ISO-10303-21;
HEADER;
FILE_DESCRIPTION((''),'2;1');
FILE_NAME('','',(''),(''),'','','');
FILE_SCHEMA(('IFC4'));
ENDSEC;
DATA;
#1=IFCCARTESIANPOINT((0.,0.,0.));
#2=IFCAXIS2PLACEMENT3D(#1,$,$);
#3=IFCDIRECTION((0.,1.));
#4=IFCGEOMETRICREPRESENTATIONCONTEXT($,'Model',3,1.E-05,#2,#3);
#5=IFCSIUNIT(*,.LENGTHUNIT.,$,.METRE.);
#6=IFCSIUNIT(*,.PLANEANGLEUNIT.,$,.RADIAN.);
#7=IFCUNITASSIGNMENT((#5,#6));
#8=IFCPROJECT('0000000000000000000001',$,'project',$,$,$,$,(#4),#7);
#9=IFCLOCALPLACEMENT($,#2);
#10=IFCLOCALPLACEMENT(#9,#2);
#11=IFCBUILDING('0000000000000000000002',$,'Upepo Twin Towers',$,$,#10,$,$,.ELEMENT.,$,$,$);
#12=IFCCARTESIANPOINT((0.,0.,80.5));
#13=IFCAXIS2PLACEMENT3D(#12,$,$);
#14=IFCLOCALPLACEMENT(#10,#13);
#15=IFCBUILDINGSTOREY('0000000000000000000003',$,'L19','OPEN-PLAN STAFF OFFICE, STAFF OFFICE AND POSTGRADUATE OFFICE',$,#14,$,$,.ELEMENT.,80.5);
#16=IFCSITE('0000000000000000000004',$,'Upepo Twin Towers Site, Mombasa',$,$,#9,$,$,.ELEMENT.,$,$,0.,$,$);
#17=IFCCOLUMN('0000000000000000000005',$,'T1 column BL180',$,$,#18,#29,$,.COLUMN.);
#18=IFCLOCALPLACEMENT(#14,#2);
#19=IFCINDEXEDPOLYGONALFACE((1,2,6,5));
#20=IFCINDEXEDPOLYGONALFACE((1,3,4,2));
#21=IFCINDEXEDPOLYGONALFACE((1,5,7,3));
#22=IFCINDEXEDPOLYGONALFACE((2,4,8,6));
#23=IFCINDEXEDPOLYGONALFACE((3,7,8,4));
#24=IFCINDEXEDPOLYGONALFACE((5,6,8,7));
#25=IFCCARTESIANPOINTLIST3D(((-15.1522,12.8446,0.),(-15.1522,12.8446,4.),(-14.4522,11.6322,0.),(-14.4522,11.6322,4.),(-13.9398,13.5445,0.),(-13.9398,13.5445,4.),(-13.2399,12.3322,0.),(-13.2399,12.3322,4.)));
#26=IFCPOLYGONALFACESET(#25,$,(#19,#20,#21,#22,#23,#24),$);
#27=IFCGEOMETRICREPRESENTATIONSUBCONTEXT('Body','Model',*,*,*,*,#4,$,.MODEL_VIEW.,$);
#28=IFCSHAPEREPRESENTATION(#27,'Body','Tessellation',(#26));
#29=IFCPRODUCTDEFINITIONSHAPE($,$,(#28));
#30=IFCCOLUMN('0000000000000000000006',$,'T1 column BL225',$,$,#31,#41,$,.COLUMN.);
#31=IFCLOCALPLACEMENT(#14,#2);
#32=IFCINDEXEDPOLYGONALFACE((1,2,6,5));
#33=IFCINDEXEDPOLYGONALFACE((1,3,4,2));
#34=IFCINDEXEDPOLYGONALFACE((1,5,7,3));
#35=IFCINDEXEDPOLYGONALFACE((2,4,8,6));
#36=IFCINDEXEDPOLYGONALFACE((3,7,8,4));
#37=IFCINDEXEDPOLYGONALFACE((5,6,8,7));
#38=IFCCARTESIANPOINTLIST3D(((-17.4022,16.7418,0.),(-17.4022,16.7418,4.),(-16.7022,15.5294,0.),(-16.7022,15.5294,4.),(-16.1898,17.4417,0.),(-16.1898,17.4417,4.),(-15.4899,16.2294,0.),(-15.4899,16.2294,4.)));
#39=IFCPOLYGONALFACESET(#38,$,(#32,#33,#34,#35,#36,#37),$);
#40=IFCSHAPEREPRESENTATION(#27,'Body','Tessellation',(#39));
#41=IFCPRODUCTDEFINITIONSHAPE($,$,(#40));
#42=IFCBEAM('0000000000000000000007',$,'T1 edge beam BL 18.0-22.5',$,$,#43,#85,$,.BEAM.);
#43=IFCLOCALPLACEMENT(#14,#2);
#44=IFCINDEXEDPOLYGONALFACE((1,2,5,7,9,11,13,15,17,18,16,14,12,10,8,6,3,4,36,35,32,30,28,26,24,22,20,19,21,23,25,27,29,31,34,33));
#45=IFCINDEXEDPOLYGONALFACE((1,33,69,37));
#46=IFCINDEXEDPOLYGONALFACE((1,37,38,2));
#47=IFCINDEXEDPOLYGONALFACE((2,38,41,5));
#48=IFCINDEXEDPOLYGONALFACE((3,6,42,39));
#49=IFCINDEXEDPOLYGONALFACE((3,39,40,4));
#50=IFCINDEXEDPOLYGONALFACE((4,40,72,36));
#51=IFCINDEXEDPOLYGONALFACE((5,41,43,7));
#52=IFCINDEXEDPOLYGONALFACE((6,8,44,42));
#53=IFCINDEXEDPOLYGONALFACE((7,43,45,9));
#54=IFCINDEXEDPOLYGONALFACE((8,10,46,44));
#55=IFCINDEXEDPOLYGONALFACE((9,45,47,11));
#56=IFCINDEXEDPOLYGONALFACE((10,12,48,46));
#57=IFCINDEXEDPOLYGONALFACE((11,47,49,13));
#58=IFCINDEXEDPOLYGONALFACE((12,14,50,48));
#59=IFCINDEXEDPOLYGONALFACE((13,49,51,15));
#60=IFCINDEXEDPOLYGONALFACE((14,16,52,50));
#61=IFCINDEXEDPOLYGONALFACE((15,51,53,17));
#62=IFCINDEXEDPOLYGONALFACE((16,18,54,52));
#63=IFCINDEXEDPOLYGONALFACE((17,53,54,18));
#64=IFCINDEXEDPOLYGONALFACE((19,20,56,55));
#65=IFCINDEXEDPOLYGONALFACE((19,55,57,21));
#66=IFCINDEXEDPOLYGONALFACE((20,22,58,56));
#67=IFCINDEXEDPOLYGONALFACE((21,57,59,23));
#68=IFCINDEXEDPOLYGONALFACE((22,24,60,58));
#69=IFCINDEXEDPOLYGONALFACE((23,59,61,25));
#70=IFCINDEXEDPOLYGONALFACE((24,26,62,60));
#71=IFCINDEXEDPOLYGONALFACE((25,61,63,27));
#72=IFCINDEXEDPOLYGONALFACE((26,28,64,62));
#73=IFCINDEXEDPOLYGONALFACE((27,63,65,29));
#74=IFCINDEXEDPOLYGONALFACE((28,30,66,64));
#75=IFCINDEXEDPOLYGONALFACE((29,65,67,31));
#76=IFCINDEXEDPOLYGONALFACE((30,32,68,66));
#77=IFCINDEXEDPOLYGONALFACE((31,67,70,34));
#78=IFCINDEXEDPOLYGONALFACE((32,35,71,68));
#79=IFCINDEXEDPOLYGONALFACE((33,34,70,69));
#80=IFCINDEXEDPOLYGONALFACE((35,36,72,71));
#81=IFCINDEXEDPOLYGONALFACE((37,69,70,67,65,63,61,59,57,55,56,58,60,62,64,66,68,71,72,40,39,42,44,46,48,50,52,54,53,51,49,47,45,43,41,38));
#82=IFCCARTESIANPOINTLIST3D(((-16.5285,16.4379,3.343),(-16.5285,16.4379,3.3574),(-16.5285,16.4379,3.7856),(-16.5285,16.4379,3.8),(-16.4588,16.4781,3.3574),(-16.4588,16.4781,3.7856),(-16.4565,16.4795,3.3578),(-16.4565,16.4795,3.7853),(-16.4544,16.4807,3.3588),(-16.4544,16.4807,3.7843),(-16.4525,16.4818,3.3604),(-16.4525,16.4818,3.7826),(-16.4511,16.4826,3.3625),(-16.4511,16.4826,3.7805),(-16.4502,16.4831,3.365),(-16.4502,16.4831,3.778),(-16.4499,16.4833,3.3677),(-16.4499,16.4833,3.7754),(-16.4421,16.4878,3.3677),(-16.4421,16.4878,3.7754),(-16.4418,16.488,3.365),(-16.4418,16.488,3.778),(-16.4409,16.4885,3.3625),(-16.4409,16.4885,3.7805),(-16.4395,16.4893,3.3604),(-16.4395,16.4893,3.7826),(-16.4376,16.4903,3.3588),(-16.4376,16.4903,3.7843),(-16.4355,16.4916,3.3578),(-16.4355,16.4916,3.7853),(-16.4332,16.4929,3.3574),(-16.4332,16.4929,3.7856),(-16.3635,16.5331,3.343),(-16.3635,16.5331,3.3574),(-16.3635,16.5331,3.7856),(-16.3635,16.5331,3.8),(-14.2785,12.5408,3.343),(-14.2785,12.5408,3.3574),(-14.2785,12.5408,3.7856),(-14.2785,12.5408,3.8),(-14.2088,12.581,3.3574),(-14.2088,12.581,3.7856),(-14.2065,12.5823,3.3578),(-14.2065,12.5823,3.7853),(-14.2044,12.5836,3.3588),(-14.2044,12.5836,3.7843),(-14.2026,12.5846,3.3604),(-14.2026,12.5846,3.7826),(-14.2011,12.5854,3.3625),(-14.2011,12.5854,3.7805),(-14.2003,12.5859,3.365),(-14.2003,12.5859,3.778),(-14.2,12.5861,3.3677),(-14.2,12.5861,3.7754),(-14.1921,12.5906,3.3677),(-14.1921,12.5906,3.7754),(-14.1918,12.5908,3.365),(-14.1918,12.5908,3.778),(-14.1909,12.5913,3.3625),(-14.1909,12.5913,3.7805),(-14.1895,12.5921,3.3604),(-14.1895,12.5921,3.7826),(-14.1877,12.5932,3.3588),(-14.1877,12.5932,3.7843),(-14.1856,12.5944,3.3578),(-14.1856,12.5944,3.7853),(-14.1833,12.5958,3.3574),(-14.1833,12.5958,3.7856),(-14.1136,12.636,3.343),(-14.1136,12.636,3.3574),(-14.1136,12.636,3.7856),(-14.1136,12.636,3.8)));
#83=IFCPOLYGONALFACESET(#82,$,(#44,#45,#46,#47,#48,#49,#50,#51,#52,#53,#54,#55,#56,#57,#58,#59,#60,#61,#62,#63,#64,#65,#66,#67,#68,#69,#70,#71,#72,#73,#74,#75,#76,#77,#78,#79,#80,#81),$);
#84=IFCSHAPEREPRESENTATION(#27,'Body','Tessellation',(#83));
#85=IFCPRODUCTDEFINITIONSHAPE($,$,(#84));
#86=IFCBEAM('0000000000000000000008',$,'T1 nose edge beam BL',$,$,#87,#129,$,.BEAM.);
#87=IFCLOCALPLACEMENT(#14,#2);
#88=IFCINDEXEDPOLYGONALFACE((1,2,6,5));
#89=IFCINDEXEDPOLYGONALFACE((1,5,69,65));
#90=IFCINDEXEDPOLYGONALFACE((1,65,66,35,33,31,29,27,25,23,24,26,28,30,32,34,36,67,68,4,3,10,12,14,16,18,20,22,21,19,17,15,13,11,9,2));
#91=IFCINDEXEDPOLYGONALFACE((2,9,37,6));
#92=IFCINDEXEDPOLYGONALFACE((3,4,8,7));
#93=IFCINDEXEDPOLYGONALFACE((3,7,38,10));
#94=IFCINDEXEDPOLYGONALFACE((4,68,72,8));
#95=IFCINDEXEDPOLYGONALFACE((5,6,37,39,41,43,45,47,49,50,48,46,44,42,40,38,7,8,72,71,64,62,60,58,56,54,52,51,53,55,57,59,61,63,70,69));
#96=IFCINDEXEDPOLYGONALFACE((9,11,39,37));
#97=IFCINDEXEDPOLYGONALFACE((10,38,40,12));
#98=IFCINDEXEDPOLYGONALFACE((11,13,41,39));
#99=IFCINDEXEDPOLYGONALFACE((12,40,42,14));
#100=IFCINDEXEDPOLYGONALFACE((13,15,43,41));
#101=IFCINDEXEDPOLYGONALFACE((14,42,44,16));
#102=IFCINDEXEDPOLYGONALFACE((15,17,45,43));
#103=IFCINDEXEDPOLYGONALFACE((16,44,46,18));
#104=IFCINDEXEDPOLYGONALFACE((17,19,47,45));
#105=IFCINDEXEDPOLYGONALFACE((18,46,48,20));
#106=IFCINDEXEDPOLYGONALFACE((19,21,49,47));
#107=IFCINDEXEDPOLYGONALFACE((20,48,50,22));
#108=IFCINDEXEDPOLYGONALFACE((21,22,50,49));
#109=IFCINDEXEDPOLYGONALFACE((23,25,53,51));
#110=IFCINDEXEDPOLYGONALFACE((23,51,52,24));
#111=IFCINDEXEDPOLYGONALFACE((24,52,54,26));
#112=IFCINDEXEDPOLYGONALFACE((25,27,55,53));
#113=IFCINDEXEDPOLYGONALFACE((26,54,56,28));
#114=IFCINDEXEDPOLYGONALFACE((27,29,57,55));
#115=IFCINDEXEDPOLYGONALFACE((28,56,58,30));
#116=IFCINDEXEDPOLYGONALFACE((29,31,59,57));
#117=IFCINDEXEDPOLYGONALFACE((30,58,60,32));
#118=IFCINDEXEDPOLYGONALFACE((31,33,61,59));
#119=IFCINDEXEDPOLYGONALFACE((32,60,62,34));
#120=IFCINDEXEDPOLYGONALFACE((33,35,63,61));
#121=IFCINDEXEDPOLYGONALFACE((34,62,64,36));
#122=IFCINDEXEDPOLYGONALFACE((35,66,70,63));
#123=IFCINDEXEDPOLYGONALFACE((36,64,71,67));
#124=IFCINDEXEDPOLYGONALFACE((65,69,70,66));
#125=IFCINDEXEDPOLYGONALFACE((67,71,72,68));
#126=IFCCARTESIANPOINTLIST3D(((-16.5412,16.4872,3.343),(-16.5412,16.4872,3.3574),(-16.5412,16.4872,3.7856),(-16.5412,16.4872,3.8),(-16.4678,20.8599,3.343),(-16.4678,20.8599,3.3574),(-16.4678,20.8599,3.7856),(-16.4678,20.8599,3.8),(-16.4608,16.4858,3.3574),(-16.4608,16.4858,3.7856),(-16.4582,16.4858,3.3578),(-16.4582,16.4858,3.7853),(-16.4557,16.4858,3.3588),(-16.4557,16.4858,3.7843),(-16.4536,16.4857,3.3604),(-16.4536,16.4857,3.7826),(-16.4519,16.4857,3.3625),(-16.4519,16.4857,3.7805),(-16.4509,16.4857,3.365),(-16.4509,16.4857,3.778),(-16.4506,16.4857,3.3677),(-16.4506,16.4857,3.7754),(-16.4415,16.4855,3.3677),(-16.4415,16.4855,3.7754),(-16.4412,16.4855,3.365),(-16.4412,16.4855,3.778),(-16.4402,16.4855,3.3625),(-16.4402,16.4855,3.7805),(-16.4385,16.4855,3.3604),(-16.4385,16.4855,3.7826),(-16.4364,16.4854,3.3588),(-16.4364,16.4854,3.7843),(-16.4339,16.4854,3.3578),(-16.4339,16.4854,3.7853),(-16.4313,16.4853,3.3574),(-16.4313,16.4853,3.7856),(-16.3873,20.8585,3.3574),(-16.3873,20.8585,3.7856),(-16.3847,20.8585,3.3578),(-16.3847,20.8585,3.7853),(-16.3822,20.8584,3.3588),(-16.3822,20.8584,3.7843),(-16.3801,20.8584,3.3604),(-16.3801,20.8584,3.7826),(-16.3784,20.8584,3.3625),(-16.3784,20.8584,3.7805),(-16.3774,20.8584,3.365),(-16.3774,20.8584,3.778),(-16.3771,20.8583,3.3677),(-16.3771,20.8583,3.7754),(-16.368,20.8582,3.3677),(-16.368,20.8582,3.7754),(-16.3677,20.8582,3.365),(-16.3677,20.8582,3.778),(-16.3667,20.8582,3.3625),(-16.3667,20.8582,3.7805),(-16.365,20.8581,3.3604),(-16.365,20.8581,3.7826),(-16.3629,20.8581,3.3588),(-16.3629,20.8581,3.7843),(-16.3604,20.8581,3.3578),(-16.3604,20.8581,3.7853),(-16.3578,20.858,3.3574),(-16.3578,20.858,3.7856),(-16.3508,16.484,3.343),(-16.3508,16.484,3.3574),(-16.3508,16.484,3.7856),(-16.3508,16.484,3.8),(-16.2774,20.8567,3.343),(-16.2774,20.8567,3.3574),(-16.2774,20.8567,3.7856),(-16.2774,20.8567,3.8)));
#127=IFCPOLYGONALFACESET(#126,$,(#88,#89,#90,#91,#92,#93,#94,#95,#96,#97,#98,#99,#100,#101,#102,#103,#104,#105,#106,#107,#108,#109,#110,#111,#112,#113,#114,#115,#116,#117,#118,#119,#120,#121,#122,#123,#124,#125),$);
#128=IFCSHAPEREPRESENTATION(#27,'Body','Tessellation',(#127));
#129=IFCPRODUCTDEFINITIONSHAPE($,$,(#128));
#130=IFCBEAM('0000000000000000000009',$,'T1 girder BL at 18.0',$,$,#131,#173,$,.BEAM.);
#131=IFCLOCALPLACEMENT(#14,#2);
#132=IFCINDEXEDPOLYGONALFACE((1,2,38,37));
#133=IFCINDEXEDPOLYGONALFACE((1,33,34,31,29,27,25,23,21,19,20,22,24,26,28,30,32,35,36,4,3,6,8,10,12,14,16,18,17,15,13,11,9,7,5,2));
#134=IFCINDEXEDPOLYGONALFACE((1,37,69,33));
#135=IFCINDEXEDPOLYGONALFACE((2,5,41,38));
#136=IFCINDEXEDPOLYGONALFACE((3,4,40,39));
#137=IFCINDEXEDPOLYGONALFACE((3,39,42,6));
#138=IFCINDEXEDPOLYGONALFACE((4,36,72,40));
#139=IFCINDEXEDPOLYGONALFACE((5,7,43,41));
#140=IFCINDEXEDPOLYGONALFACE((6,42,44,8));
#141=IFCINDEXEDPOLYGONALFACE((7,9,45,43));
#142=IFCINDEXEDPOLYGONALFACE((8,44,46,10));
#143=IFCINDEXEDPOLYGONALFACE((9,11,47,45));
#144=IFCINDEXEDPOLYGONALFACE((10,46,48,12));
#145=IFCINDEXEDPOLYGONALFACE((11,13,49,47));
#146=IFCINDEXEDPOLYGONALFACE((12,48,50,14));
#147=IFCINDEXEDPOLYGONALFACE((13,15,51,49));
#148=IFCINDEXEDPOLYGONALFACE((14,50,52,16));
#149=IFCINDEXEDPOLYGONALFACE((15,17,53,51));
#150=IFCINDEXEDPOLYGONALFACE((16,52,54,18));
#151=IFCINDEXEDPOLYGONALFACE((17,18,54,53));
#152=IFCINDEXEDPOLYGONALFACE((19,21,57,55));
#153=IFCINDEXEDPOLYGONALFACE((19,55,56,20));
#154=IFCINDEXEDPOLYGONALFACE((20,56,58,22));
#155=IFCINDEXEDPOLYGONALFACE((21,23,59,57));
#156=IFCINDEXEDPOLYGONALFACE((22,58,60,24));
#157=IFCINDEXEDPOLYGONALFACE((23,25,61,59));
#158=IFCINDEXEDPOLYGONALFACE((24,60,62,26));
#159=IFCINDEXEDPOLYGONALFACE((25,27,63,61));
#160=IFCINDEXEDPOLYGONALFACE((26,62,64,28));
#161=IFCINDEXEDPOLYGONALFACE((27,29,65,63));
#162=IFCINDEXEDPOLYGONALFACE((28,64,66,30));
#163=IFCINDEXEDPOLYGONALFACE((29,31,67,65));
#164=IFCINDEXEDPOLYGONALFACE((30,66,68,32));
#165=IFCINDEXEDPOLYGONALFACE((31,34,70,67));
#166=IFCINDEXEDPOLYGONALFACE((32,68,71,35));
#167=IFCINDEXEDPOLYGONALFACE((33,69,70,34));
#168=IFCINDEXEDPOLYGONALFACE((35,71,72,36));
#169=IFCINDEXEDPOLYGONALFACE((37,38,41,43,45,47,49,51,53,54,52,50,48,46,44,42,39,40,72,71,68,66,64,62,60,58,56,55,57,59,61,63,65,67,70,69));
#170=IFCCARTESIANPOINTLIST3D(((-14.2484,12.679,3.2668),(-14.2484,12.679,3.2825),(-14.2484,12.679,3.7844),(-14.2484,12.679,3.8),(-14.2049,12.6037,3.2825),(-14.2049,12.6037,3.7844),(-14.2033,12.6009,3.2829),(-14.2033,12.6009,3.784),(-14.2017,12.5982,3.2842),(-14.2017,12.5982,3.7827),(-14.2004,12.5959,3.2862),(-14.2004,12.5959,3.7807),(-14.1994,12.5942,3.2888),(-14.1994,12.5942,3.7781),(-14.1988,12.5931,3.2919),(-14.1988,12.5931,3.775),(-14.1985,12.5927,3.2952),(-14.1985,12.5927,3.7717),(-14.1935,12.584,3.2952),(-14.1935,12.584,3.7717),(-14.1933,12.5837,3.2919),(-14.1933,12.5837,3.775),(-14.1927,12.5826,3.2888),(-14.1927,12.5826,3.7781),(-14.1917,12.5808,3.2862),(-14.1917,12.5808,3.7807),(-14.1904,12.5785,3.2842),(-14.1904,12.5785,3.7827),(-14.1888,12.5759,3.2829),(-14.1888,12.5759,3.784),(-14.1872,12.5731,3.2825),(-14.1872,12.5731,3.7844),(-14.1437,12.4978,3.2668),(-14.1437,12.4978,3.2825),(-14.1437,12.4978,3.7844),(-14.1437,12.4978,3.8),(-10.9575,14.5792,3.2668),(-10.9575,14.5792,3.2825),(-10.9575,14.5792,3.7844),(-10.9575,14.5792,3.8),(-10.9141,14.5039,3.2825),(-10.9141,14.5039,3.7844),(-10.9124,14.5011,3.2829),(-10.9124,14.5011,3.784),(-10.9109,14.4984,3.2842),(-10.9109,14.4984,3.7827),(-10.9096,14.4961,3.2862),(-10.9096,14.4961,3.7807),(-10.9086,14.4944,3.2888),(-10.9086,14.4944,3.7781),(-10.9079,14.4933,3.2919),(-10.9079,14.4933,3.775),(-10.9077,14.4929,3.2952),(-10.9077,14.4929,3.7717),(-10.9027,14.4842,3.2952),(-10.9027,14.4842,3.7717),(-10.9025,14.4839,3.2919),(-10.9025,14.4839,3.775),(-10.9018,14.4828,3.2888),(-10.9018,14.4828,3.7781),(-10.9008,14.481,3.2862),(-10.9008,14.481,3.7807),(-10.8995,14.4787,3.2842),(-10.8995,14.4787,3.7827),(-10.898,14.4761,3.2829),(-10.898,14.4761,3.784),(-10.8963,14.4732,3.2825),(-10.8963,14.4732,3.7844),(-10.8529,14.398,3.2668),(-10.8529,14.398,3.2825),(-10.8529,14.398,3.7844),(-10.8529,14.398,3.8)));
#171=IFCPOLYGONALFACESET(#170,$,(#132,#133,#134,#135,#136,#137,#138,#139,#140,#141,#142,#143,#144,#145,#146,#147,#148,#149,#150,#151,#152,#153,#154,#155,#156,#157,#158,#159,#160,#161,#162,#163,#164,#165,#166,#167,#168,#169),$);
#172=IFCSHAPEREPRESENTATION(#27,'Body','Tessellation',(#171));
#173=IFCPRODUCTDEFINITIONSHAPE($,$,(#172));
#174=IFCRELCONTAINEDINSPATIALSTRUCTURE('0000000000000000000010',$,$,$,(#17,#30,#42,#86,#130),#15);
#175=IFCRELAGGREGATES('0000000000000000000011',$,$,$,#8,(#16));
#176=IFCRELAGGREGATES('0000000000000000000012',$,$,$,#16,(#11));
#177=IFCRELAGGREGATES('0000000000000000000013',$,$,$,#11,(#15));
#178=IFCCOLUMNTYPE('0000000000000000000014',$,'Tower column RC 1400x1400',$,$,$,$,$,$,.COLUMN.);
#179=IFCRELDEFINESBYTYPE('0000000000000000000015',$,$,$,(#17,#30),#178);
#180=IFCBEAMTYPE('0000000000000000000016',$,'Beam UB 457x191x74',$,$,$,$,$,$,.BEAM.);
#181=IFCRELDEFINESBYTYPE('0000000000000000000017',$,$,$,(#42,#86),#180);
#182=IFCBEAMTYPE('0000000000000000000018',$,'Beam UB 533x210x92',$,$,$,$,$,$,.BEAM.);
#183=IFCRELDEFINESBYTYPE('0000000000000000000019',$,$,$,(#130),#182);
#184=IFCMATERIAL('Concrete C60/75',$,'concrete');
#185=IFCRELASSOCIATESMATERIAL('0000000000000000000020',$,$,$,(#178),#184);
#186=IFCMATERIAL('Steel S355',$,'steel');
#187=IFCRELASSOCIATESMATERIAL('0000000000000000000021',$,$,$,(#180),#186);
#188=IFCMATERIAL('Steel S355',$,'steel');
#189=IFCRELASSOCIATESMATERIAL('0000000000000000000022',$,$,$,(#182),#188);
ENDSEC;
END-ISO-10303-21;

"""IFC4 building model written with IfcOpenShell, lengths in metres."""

from ifc_helpers import new_model, si_unit, direction, frame, origin, origin_2d, place, context, subcontext, project, spatial, rectangle, i_section, extrude, material, material_profile, profile_set, type_object, element, save


model = new_model("IFC4")

# Units and contexts
model_context = context("Model", 3, precision=1e-05, world=origin(), true_north=direction((0.0, 1.0)))
body_context = subcontext(model_context, "Body", "Model", "MODEL_VIEW")
ifc_project = project(units=[si_unit("LENGTHUNIT", "METRE"), si_unit("PLANEANGLEUNIT", "RADIAN")], contexts=[model_context])

# Site, building, storey
site_placement = place(None, origin())
site = spatial("IfcSite", under=ifc_project, at=site_placement, Name="Upepo Twin Towers Site, Mombasa", CompositionType="ELEMENT", RefElevation=0.0)
building_placement = place(site_placement, origin())
building = spatial("IfcBuilding", under=site, at=building_placement, Name="Upepo Twin Towers", CompositionType="ELEMENT")
storey_placement = place(building_placement, frame((0.0, 0.0, 80.5)))
storey = spatial("IfcBuildingStorey", under=building, at=storey_placement, Name="L19", Description="OPEN-PLAN STAFF OFFICE, STAFF OFFICE AND POSTGRADUATE OFFICE", CompositionType="ELEMENT", Elevation=80.5)

# Columns
ifc_material_1 = material(Name="Concrete C60/75", Category="concrete")
ifc_material_profile_1 = material_profile(ifc_material_1, rectangle(XDim=1.3999, YDim=1.3999, at=origin_2d()), Name="RC 1400x1400")
ifc_profile_set_1 = profile_set([ifc_material_profile_1], Name="Concrete C60/75")
column_type = type_object("IfcColumnType", Name="Tower column RC 1400x1400", PredefinedType="COLUMN", material=ifc_profile_set_1)
for number, where, z_axis, x_axis, name in (
    (1, (-14.196, 12.5884, 0.0), (0.0, 0.0, 1.0), (0.866025, 0.5, 0.0), "T1 column BL180"),
    (2, (-16.446, 16.4856, 0.0), (0.0, 0.0, 1.0), (0.866025, 0.5, 0.0), "T1 column BL225"),
):
    element("IfcColumn", number, at=place(storey_placement, frame(where, z_axis=z_axis, x_axis=x_axis)), inside=storey, type_object=column_type, Name=name, PredefinedType="COLUMN", context=body_context, shape_type="SweptSolid", body=[
        extrude(rectangle(XDim=1.3999, YDim=1.3999, at=origin_2d()), origin(), (0.0, 0.0, 1.0), 4.0),
    ])

# Beams
ifc_material_2 = material(Name="Steel S355", Category="steel")
ifc_material_profile_2 = material_profile(ifc_material_2, i_section(OverallWidth=0.1904, OverallDepth=0.457, WebThickness=0.009, FlangeThickness=0.0144, FilletRadius=0.0103, at=origin_2d()), Name="UB 457x191x74")
ifc_profile_set_2 = profile_set([ifc_material_profile_2], Name="Steel S355")
beam_type_1 = type_object("IfcBeamType", Name="Beam UB 457x191x74", PredefinedType="BEAM", material=ifc_profile_set_2)
beam_1_placement = place(storey_placement, frame((-14.196, 12.5884, 3.5715), z_axis=(-0.49999, 0.866031, 0.0), x_axis=(-0.866031, -0.49999, 0.0)))
element("IfcBeam", 3, at=beam_1_placement, inside=storey, type_object=beam_type_1, Name="T1 edge beam BL 18.0-22.5", PredefinedType="BEAM", context=body_context, shape_type="SweptSolid", body=[
    extrude(i_section(OverallWidth=0.1904, OverallDepth=0.457, WebThickness=0.009, FlangeThickness=0.0144, FilletRadius=0.0103, at=origin_2d()), origin(), (0.0, 0.0, 1.0), 4.5),
])
beam_2_placement = place(storey_placement, frame((-16.446, 16.4856, 3.5715), z_axis=(0.016804, 0.999859, 0.0), x_axis=(-0.999859, 0.016804, 0.0)))
element("IfcBeam", 4, at=beam_2_placement, inside=storey, type_object=beam_type_1, Name="T1 nose edge beam BL", PredefinedType="BEAM", context=body_context, shape_type="SweptSolid", body=[
    extrude(i_section(OverallWidth=0.1904, OverallDepth=0.457, WebThickness=0.009, FlangeThickness=0.0144, FilletRadius=0.0103, at=origin_2d()), origin(), (0.0, 0.0, 1.0), 4.3733),
])
ifc_material_3 = material(Name="Steel S355", Category="steel")
ifc_material_profile_3 = material_profile(ifc_material_3, i_section(OverallWidth=0.2092, OverallDepth=0.5332, WebThickness=0.01, FlangeThickness=0.0156, FilletRadius=0.0127, at=origin_2d()), Name="UB 533x210x92")
ifc_profile_set_3 = profile_set([ifc_material_profile_3], Name="Steel S355")
beam_type_2 = type_object("IfcBeamType", Name="Beam UB 533x210x92", PredefinedType="BEAM", material=ifc_profile_set_3)
beam_3_placement = place(storey_placement, frame((-14.196, 12.5884, 3.5334), z_axis=(0.866, 0.500043, 0.0), x_axis=(-0.500043, 0.866, 0.0)))
element("IfcBeam", 5, at=beam_3_placement, inside=storey, type_object=beam_type_2, Name="T1 girder BL at 18.0", PredefinedType="BEAM", context=body_context, shape_type="SweptSolid", body=[
    extrude(i_section(OverallWidth=0.2092, OverallDepth=0.5332, WebThickness=0.01, FlangeThickness=0.0156, FilletRadius=0.0127, at=origin_2d()), origin(), (0.0, 0.0, 1.0), 3.8),
])

save(model, "model.ifc")
